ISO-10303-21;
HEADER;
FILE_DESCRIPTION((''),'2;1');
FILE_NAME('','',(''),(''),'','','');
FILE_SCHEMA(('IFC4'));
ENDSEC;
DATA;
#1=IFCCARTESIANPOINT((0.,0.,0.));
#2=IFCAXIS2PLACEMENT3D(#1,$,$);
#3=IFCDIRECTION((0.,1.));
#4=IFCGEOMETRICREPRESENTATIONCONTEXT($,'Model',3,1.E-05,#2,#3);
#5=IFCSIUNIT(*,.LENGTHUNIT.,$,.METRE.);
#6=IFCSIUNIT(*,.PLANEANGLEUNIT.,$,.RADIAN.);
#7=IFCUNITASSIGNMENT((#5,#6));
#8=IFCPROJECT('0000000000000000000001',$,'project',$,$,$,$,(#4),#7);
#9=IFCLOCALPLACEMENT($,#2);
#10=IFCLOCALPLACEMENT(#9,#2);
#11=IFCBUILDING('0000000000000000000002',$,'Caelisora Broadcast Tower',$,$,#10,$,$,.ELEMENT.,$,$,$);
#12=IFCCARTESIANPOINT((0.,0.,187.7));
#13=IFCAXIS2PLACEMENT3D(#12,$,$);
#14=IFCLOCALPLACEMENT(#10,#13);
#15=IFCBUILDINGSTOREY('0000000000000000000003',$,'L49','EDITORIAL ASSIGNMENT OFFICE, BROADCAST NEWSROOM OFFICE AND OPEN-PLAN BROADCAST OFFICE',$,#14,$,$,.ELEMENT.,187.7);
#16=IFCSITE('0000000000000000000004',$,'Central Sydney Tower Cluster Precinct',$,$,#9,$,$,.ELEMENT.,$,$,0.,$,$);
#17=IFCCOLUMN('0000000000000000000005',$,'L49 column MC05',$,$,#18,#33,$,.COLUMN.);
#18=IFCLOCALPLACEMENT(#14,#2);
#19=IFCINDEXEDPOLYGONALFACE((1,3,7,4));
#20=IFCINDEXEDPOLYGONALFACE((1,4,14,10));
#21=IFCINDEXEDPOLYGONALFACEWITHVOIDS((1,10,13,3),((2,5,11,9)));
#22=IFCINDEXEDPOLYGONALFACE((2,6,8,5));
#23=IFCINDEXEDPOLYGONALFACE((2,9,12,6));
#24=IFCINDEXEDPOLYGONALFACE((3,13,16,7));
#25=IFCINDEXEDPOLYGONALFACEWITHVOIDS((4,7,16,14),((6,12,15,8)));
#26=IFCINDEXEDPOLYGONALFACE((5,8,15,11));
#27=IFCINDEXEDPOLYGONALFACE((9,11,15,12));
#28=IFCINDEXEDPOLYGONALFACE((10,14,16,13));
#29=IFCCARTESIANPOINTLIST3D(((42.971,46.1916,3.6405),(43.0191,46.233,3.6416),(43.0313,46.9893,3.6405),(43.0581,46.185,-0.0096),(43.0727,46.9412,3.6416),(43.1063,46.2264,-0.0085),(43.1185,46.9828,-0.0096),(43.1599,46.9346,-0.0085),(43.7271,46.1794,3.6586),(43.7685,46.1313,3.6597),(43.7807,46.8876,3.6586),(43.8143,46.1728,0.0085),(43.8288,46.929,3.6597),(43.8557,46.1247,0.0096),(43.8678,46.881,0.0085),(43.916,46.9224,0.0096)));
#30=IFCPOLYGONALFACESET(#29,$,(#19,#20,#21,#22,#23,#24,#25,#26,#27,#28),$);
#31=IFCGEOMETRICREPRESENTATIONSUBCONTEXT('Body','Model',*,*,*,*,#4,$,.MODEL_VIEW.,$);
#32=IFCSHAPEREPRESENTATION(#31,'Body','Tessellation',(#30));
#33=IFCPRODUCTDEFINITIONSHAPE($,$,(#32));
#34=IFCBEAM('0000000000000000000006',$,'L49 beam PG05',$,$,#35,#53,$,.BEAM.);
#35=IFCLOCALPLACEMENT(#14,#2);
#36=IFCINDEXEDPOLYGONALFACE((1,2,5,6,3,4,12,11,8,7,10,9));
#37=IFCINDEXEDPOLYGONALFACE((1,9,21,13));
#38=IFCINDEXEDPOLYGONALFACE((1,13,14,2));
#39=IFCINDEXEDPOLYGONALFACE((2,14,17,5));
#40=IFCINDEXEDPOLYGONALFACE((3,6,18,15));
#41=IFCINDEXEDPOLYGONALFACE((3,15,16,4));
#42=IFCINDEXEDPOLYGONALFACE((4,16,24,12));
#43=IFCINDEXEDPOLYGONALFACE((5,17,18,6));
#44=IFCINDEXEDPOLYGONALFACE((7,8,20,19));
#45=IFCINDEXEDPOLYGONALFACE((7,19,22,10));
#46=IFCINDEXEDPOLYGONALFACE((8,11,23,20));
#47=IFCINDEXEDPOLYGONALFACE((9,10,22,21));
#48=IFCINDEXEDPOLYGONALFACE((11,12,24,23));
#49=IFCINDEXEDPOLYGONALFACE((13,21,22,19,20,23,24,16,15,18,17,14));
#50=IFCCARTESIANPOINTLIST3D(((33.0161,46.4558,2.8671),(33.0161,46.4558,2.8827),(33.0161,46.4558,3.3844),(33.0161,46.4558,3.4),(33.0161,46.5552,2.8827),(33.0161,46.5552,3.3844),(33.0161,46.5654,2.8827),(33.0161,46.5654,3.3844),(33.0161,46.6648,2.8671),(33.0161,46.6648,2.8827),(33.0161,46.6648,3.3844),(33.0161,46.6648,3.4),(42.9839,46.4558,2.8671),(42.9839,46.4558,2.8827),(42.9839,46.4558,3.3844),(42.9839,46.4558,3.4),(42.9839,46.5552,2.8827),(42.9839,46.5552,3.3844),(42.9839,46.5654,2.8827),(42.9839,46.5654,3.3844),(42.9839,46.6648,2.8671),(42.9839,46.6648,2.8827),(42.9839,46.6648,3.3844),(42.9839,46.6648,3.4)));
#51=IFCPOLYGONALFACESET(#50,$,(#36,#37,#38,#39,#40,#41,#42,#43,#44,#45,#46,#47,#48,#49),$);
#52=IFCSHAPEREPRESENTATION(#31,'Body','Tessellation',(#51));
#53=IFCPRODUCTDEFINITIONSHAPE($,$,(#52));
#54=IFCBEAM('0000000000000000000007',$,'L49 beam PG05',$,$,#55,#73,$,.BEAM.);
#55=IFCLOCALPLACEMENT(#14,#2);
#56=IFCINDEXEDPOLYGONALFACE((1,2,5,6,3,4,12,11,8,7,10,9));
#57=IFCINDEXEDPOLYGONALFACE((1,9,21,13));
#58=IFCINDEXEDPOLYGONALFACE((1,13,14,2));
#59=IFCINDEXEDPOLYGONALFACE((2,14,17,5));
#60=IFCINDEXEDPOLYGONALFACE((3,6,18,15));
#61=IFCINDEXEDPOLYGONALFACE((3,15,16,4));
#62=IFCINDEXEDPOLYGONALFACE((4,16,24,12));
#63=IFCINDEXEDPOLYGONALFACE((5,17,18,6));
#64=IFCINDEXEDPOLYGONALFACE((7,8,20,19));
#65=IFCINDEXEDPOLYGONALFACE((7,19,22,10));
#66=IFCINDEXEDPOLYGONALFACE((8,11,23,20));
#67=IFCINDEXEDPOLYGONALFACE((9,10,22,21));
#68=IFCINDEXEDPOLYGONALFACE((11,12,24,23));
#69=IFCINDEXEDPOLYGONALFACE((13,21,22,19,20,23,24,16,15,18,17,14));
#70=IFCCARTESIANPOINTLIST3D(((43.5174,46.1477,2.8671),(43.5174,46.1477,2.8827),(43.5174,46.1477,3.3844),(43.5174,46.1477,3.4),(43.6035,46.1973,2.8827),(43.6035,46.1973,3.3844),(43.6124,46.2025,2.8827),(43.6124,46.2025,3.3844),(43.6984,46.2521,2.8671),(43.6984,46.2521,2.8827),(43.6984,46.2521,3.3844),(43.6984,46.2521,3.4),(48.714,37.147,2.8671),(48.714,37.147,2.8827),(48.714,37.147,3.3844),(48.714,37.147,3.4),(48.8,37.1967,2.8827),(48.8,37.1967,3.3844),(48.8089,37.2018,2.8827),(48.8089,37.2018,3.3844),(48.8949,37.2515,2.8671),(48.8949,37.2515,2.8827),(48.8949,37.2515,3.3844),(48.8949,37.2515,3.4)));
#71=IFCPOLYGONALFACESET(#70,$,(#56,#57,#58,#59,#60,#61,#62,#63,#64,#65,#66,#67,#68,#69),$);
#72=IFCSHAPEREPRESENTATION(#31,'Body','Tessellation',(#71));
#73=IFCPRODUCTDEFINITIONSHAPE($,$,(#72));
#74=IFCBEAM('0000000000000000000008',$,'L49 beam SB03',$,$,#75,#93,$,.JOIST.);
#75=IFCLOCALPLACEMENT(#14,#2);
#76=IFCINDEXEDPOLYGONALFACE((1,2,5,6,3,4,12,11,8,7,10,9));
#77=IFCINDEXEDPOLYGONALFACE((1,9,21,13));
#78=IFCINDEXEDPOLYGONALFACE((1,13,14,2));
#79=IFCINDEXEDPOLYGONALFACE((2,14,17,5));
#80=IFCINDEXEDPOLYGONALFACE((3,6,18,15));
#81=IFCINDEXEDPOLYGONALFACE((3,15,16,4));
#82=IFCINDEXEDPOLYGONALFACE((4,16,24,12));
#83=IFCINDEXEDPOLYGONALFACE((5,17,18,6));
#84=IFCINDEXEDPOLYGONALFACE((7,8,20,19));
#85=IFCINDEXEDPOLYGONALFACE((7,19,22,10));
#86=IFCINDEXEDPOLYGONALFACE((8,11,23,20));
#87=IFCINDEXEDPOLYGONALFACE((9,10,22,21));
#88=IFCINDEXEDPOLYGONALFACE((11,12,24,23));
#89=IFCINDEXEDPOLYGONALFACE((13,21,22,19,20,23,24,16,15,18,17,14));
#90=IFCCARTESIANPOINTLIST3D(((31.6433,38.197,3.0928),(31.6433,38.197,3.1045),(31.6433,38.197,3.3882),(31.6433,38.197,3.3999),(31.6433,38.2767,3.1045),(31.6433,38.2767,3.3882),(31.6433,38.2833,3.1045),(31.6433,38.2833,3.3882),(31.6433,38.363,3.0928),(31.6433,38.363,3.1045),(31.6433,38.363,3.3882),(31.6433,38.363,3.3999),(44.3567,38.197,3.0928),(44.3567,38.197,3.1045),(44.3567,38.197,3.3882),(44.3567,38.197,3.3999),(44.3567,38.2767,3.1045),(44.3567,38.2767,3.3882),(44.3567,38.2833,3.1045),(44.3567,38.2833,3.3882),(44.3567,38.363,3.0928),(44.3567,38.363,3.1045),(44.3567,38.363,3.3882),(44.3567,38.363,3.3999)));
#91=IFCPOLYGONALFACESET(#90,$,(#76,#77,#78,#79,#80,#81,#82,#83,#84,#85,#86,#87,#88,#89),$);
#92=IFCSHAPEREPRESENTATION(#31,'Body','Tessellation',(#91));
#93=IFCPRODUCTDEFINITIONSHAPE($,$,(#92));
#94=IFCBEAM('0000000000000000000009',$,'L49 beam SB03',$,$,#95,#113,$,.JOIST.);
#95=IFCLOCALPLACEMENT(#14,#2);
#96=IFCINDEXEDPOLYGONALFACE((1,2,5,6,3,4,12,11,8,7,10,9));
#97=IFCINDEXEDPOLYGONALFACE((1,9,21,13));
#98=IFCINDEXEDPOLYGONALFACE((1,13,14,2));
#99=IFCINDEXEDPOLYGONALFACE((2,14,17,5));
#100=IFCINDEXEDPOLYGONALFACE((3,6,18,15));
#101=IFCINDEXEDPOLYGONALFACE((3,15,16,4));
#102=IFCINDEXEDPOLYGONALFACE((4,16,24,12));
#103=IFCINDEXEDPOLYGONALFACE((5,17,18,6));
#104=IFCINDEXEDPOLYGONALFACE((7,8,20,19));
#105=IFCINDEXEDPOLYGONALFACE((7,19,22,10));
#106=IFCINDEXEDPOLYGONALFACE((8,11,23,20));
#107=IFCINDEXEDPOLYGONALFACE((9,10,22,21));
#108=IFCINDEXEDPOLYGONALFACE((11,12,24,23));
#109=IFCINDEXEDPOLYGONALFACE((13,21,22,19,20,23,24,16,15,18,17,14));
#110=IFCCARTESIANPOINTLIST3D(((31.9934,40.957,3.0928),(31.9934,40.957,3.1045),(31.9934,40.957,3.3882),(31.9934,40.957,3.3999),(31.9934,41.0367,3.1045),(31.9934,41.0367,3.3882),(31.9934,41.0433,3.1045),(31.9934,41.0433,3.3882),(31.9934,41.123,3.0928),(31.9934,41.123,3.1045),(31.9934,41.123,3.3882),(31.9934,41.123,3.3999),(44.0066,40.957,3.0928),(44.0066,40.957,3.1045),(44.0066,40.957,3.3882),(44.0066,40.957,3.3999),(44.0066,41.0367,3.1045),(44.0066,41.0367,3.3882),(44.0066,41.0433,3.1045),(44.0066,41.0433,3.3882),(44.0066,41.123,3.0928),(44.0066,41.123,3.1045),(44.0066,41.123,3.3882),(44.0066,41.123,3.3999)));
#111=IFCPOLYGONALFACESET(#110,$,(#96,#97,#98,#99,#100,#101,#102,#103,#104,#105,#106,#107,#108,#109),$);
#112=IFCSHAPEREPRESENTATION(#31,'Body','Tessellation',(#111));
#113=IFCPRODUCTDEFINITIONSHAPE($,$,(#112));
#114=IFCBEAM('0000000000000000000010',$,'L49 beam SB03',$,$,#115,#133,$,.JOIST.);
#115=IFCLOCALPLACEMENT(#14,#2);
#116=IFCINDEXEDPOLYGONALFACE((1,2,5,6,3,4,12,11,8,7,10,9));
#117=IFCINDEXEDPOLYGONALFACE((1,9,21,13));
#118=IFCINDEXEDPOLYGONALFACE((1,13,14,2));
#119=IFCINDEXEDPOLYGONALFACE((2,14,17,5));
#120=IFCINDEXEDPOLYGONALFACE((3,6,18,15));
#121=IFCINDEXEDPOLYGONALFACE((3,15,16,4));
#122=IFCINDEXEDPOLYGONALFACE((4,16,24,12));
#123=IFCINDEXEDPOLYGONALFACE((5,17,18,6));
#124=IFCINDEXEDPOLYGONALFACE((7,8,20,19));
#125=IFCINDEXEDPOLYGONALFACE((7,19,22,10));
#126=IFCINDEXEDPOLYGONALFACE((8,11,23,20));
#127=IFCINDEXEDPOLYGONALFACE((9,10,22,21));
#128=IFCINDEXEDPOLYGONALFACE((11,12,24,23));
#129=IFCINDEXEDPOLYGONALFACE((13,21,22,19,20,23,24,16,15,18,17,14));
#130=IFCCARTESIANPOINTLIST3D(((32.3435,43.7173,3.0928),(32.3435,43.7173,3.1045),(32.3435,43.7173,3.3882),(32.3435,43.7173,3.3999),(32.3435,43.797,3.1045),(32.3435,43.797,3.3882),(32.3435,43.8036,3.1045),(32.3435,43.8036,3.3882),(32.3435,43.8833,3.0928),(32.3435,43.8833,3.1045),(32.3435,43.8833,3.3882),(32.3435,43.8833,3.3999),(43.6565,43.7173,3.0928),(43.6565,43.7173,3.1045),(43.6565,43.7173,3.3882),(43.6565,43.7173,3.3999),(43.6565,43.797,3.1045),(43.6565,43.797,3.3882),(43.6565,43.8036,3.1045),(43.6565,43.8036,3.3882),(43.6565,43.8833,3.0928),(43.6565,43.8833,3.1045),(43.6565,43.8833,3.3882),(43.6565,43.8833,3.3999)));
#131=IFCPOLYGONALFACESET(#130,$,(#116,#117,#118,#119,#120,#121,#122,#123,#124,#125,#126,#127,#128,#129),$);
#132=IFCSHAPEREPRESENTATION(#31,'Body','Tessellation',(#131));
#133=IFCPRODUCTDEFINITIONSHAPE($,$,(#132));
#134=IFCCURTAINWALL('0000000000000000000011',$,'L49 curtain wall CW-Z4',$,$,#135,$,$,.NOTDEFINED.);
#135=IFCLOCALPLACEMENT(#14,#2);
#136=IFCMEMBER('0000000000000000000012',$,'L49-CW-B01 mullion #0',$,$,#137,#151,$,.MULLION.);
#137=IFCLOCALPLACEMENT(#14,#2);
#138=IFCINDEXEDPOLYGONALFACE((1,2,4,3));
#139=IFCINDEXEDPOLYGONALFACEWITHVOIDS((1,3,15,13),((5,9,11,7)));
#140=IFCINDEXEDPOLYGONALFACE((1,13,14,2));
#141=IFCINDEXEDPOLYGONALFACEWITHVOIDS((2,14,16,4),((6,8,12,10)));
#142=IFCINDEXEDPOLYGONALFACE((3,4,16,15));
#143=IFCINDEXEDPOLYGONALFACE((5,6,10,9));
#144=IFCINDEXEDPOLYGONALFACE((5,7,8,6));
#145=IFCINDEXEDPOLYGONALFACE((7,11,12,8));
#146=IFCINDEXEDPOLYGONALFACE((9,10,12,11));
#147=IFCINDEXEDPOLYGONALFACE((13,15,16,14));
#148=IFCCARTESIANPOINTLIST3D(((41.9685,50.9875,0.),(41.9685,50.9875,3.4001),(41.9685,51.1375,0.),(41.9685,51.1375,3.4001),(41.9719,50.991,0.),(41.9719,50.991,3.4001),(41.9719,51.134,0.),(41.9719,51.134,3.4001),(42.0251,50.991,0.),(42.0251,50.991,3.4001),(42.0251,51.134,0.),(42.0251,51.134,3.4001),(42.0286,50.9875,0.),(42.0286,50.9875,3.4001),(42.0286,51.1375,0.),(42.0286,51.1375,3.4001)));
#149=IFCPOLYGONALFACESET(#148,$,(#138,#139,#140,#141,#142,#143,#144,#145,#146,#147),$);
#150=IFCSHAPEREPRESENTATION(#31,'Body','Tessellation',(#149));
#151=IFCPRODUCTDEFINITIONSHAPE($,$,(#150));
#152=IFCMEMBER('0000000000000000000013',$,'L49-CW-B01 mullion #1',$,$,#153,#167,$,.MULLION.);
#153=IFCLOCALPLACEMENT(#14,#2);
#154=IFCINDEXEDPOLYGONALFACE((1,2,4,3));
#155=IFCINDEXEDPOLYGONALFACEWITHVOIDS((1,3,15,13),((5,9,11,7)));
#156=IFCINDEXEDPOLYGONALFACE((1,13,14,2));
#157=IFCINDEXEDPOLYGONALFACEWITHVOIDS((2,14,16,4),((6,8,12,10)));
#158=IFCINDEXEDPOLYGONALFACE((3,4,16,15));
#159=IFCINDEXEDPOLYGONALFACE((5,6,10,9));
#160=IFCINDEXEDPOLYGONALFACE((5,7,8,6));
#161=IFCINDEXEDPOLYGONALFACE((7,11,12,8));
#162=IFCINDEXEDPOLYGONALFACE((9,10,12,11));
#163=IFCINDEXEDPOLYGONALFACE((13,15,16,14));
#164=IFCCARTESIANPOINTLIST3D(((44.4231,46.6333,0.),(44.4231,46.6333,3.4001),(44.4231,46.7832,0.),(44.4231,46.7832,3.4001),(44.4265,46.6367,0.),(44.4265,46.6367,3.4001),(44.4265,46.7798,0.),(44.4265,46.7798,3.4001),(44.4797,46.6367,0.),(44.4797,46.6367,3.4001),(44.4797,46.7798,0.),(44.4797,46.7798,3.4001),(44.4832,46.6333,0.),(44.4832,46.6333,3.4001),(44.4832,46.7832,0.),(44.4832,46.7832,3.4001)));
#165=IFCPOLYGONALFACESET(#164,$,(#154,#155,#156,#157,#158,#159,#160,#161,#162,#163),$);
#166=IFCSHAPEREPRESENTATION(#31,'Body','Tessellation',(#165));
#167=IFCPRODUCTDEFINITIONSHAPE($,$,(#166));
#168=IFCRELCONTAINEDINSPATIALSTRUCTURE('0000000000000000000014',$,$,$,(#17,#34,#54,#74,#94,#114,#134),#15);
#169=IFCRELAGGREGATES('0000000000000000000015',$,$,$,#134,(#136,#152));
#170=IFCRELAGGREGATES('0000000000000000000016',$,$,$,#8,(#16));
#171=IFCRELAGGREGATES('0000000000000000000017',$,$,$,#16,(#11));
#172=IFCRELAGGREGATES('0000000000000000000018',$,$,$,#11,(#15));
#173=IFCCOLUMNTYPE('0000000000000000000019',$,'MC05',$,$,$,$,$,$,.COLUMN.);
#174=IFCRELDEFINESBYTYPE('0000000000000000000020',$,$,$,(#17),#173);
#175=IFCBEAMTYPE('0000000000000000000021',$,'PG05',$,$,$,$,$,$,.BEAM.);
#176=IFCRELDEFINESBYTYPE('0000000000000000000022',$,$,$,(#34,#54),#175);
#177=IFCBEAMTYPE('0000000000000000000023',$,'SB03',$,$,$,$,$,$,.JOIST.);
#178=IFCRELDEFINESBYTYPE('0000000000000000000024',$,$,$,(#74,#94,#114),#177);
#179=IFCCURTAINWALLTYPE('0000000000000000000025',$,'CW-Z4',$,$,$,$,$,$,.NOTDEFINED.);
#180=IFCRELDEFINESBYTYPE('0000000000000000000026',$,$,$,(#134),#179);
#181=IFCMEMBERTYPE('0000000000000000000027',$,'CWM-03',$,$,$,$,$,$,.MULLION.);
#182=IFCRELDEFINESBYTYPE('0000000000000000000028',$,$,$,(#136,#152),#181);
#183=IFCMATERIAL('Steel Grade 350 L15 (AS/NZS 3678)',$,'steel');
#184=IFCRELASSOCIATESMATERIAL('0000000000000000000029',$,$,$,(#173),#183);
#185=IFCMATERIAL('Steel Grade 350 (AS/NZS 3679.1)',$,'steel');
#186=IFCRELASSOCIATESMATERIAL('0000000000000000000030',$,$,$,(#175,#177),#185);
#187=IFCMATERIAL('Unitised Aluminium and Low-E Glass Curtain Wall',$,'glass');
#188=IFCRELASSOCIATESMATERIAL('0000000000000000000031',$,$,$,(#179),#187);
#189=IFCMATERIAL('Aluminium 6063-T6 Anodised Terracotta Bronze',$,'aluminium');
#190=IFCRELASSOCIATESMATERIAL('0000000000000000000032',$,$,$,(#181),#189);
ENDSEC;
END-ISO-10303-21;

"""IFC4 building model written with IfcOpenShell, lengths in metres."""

from ifc_helpers import new_model, si_unit, direction, frame, origin, origin_2d, place, context, subcontext, project, spatial, hollow_rectangle, i_section, extrude, source, transform, mapped, material, material_profile, profile_set, type_object, type_shapes, element, aggregate, save


model = new_model("IFC4")

# Units and contexts
model_context = context("Model", 3, precision=1e-05, world=origin(), true_north=direction((0.0, 1.0)))
body_context = subcontext(model_context, "Body", "Model", "MODEL_VIEW")
ifc_project = project(units=[si_unit("LENGTHUNIT", "METRE"), si_unit("PLANEANGLEUNIT", "RADIAN")], contexts=[model_context])

# Site, building, storey
site_placement = place(None, origin())
site = spatial("IfcSite", under=ifc_project, at=site_placement, Name="Central Sydney Tower Cluster Precinct", CompositionType="ELEMENT", RefElevation=0.0)
building_placement = place(site_placement, origin())
building = spatial("IfcBuilding", under=site, at=building_placement, Name="Caelisora Broadcast Tower", CompositionType="ELEMENT")
storey_placement = place(building_placement, frame((0.0, 0.0, 187.7)))
storey = spatial("IfcBuildingStorey", under=building, at=storey_placement, Name="L49", Description="EDITORIAL ASSIGNMENT OFFICE, BROADCAST NEWSROOM OFFICE AND OPEN-PLAN BROADCAST OFFICE", CompositionType="ELEMENT", Elevation=187.7)

# Column
ifc_material_1 = material(Name="Steel Grade 350 L15 (AS/NZS 3678)", Category="steel")
ifc_material_profile_1 = material_profile(ifc_material_1, hollow_rectangle(XDim=0.8, YDim=0.8, WallThickness=0.0449, at=origin_2d()), Name="Steel Grade 350 L15 (AS/NZS 3678)")
ifc_profile_set_1 = profile_set([ifc_material_profile_1], Name="Steel Grade 350 L15 (AS/NZS 3678)")
column_type = type_object("IfcColumnType", Name="MC05", PredefinedType="COLUMN", material=ifc_profile_set_1)
shared_shape_1 = source(origin(), body_context, "Body", "SweptSolid", [
    extrude(hollow_rectangle(XDim=0.8, YDim=0.8, WallThickness=0.0449, at=origin_2d()), origin(), (0.0, 0.0, 1.0), 3.6511),
])
type_shapes(column_type, [shared_shape_1])
column_placement = place(storey_placement, frame((43.4871, 46.5537, 0.0), z_axis=(-0.023871, 0.001805, 0.999713), x_axis=(-0.075415, -0.997152, 0.0)))
element("IfcColumn", 1, at=column_placement, inside=storey, type_object=column_type, Name="L49 column MC05", PredefinedType="COLUMN", context=body_context, shape_type="MappedRepresentation", body=[
    mapped(shared_shape_1, transform((0.0, 0.0, 0.0), scale=1.0)),
])

# Beams
ifc_material_2 = material(Name="Steel Grade 350 (AS/NZS 3679.1)", Category="steel")
ifc_material_profile_2 = material_profile(ifc_material_2, i_section(OverallWidth=0.209, OverallDepth=0.533, WebThickness=0.0103, FlangeThickness=0.0156, at=origin_2d()), Name="Steel Grade 350 (AS/NZS 3679.1)")
ifc_profile_set_2 = profile_set([ifc_material_profile_2], Name="Steel Grade 350 (AS/NZS 3679.1)")
beam_type_1 = type_object("IfcBeamType", Name="PG05", PredefinedType="BEAM", material=ifc_profile_set_2)
shared_shape_2 = source(origin(), body_context, "Body", "SweptSolid", [
    extrude(i_section(OverallWidth=0.209, OverallDepth=0.533, WebThickness=0.0103, FlangeThickness=0.0156, at=origin_2d()), origin(), (0.0, 0.0, 1.0), 9.9678),
])
beam_1_placement = place(storey_placement, frame((42.9839, 46.5603, 3.1335), z_axis=(-1.0, 0.0, 0.0), x_axis=(0.0, -1.0, 0.0)))
element("IfcBeam", 2, at=beam_1_placement, inside=storey, type_object=beam_type_1, Name="L49 beam PG05", PredefinedType="BEAM", context=body_context, shape_type="MappedRepresentation", body=[
    mapped(shared_shape_2, transform((0.0, 0.0, 0.0), scale=1.0)),
])
shared_shape_3 = source(origin(), body_context, "Body", "SweptSolid", [
    extrude(i_section(OverallWidth=0.209, OverallDepth=0.533, WebThickness=0.0103, FlangeThickness=0.0156, at=origin_2d()), origin(), (0.0, 0.0, 1.0), 10.3931),
])
type_shapes(beam_type_1, [shared_shape_2, shared_shape_3])
beam_2_placement = place(storey_placement, frame((48.8044, 37.1992, 3.1335), z_axis=(-0.499997, 0.866027, 0.0), x_axis=(-0.866027, -0.499997, 0.0)))
element("IfcBeam", 3, at=beam_2_placement, inside=storey, type_object=beam_type_1, Name="L49 beam PG05", PredefinedType="BEAM", context=body_context, shape_type="MappedRepresentation", body=[
    mapped(shared_shape_3, transform((0.0, 0.0, 0.0), scale=1.0)),
])
ifc_material_profile_3 = material_profile(ifc_material_2, i_section(OverallWidth=0.166, OverallDepth=0.3071, WebThickness=0.0066, FlangeThickness=0.0117, at=origin_2d()), Name="Steel Grade 350 (AS/NZS 3679.1)")
ifc_profile_set_3 = profile_set([ifc_material_profile_3], Name="Steel Grade 350 (AS/NZS 3679.1)")
beam_type_2 = type_object("IfcBeamType", Name="SB03", PredefinedType="JOIST", material=ifc_profile_set_3)
shared_shape_4 = source(origin(), body_context, "Body", "SweptSolid", [
    extrude(i_section(OverallWidth=0.166, OverallDepth=0.3071, WebThickness=0.0066, FlangeThickness=0.0117, at=origin_2d()), origin(), (0.0, 0.0, 1.0), 12.7134),
])
beam_3_placement = place(storey_placement, frame((44.3567, 38.28, 3.2463), z_axis=(-1.0, 0.0, 0.0), x_axis=(0.0, -1.0, 0.0)))
element("IfcBeam", 4, at=beam_3_placement, inside=storey, type_object=beam_type_2, Name="L49 beam SB03", PredefinedType="JOIST", context=body_context, shape_type="MappedRepresentation", body=[
    mapped(shared_shape_4, transform((0.0, 0.0, 0.0), scale=1.0)),
])
shared_shape_5 = source(origin(), body_context, "Body", "SweptSolid", [
    extrude(i_section(OverallWidth=0.166, OverallDepth=0.3071, WebThickness=0.0066, FlangeThickness=0.0117, at=origin_2d()), origin(), (0.0, 0.0, 1.0), 12.0132),
])
beam_4_placement = place(storey_placement, frame((44.0066, 41.04, 3.2463), z_axis=(-1.0, 0.0, 0.0), x_axis=(0.0, -1.0, 0.0)))
element("IfcBeam", 5, at=beam_4_placement, inside=storey, type_object=beam_type_2, Name="L49 beam SB03", PredefinedType="JOIST", context=body_context, shape_type="MappedRepresentation", body=[
    mapped(shared_shape_5, transform((0.0, 0.0, 0.0), scale=1.0)),
])
shared_shape_6 = source(origin(), body_context, "Body", "SweptSolid", [
    extrude(i_section(OverallWidth=0.166, OverallDepth=0.3071, WebThickness=0.0066, FlangeThickness=0.0117, at=origin_2d()), origin(), (0.0, 0.0, 1.0), 11.313),
])
type_shapes(beam_type_2, [shared_shape_4, shared_shape_5, shared_shape_6])
beam_5_placement = place(storey_placement, frame((43.6565, 43.8003, 3.2463), z_axis=(-1.0, 0.0, 0.0), x_axis=(0.0, -1.0, 0.0)))
element("IfcBeam", 6, at=beam_5_placement, inside=storey, type_object=beam_type_2, Name="L49 beam SB03", PredefinedType="JOIST", context=body_context, shape_type="MappedRepresentation", body=[
    mapped(shared_shape_6, transform((0.0, 0.0, 0.0), scale=1.0)),
])

# Curtain wall, members
ifc_material_3 = material(Name="Unitised Aluminium and Low-E Glass Curtain Wall", Category="glass")
curtain_wall_type_1 = type_object("IfcCurtainWallType", Name="CW-Z4", PredefinedType="NOTDEFINED", material=ifc_material_3)
curtain_wall_1_placement = place(storey_placement, origin())
curtain_wall_1 = element("IfcCurtainWall", 7, at=curtain_wall_1_placement, inside=storey, type_object=curtain_wall_type_1, Name="L49 curtain wall CW-Z4", PredefinedType="NOTDEFINED")
ifc_material_4 = material(Name="Aluminium 6063-T6 Anodised Terracotta Bronze", Category="aluminium")
ifc_material_profile_4 = material_profile(ifc_material_4, hollow_rectangle(XDim=0.0601, YDim=0.1499, WallThickness=0.0034, at=origin_2d()), Name="Aluminium 6063-T6 Anodised Terracotta Bronze")
ifc_profile_set_4 = profile_set([ifc_material_profile_4], Name="Aluminium 6063-T6 Anodised Terracotta Bronze")
member_type_1 = type_object("IfcMemberType", Name="CWM-03", PredefinedType="MULLION", material=ifc_profile_set_4)
shared_shape_7 = source(origin(), body_context, "Body", "SweptSolid", [
    extrude(hollow_rectangle(XDim=0.0601, YDim=0.1499, WallThickness=0.0034, at=origin_2d()), origin(), (0.0, 0.0, 1.0), 3.4001),
])
type_shapes(member_type_1, [shared_shape_7])
member_1_placement = place(storey_placement, frame((41.9985, 51.0625, 0.0), z_axis=(0.0, 0.0, 1.0), x_axis=(1.0, 0.0, 0.0)))
member_1 = element("IfcMember", 8, at=member_1_placement, type_object=member_type_1, Name="L49-CW-B01 mullion #0", PredefinedType="MULLION", context=body_context, shape_type="MappedRepresentation", body=[
    mapped(shared_shape_7, transform((0.0, 0.0, 0.0), scale=1.0)),
])
member_2_placement = place(storey_placement, frame((44.4531, 46.7083, 0.0), z_axis=(0.0, 0.0, 1.0), x_axis=(1.0, 0.0, 0.0)))
member_2 = element("IfcMember", 9, at=member_2_placement, type_object=member_type_1, Name="L49-CW-B01 mullion #1", PredefinedType="MULLION", context=body_context, shape_type="MappedRepresentation", body=[
    mapped(shared_shape_7, transform((0.0, 0.0, 0.0), scale=1.0)),
])

aggregate(curtain_wall_1, [member_1, member_2])

save(model, "model.ifc")
